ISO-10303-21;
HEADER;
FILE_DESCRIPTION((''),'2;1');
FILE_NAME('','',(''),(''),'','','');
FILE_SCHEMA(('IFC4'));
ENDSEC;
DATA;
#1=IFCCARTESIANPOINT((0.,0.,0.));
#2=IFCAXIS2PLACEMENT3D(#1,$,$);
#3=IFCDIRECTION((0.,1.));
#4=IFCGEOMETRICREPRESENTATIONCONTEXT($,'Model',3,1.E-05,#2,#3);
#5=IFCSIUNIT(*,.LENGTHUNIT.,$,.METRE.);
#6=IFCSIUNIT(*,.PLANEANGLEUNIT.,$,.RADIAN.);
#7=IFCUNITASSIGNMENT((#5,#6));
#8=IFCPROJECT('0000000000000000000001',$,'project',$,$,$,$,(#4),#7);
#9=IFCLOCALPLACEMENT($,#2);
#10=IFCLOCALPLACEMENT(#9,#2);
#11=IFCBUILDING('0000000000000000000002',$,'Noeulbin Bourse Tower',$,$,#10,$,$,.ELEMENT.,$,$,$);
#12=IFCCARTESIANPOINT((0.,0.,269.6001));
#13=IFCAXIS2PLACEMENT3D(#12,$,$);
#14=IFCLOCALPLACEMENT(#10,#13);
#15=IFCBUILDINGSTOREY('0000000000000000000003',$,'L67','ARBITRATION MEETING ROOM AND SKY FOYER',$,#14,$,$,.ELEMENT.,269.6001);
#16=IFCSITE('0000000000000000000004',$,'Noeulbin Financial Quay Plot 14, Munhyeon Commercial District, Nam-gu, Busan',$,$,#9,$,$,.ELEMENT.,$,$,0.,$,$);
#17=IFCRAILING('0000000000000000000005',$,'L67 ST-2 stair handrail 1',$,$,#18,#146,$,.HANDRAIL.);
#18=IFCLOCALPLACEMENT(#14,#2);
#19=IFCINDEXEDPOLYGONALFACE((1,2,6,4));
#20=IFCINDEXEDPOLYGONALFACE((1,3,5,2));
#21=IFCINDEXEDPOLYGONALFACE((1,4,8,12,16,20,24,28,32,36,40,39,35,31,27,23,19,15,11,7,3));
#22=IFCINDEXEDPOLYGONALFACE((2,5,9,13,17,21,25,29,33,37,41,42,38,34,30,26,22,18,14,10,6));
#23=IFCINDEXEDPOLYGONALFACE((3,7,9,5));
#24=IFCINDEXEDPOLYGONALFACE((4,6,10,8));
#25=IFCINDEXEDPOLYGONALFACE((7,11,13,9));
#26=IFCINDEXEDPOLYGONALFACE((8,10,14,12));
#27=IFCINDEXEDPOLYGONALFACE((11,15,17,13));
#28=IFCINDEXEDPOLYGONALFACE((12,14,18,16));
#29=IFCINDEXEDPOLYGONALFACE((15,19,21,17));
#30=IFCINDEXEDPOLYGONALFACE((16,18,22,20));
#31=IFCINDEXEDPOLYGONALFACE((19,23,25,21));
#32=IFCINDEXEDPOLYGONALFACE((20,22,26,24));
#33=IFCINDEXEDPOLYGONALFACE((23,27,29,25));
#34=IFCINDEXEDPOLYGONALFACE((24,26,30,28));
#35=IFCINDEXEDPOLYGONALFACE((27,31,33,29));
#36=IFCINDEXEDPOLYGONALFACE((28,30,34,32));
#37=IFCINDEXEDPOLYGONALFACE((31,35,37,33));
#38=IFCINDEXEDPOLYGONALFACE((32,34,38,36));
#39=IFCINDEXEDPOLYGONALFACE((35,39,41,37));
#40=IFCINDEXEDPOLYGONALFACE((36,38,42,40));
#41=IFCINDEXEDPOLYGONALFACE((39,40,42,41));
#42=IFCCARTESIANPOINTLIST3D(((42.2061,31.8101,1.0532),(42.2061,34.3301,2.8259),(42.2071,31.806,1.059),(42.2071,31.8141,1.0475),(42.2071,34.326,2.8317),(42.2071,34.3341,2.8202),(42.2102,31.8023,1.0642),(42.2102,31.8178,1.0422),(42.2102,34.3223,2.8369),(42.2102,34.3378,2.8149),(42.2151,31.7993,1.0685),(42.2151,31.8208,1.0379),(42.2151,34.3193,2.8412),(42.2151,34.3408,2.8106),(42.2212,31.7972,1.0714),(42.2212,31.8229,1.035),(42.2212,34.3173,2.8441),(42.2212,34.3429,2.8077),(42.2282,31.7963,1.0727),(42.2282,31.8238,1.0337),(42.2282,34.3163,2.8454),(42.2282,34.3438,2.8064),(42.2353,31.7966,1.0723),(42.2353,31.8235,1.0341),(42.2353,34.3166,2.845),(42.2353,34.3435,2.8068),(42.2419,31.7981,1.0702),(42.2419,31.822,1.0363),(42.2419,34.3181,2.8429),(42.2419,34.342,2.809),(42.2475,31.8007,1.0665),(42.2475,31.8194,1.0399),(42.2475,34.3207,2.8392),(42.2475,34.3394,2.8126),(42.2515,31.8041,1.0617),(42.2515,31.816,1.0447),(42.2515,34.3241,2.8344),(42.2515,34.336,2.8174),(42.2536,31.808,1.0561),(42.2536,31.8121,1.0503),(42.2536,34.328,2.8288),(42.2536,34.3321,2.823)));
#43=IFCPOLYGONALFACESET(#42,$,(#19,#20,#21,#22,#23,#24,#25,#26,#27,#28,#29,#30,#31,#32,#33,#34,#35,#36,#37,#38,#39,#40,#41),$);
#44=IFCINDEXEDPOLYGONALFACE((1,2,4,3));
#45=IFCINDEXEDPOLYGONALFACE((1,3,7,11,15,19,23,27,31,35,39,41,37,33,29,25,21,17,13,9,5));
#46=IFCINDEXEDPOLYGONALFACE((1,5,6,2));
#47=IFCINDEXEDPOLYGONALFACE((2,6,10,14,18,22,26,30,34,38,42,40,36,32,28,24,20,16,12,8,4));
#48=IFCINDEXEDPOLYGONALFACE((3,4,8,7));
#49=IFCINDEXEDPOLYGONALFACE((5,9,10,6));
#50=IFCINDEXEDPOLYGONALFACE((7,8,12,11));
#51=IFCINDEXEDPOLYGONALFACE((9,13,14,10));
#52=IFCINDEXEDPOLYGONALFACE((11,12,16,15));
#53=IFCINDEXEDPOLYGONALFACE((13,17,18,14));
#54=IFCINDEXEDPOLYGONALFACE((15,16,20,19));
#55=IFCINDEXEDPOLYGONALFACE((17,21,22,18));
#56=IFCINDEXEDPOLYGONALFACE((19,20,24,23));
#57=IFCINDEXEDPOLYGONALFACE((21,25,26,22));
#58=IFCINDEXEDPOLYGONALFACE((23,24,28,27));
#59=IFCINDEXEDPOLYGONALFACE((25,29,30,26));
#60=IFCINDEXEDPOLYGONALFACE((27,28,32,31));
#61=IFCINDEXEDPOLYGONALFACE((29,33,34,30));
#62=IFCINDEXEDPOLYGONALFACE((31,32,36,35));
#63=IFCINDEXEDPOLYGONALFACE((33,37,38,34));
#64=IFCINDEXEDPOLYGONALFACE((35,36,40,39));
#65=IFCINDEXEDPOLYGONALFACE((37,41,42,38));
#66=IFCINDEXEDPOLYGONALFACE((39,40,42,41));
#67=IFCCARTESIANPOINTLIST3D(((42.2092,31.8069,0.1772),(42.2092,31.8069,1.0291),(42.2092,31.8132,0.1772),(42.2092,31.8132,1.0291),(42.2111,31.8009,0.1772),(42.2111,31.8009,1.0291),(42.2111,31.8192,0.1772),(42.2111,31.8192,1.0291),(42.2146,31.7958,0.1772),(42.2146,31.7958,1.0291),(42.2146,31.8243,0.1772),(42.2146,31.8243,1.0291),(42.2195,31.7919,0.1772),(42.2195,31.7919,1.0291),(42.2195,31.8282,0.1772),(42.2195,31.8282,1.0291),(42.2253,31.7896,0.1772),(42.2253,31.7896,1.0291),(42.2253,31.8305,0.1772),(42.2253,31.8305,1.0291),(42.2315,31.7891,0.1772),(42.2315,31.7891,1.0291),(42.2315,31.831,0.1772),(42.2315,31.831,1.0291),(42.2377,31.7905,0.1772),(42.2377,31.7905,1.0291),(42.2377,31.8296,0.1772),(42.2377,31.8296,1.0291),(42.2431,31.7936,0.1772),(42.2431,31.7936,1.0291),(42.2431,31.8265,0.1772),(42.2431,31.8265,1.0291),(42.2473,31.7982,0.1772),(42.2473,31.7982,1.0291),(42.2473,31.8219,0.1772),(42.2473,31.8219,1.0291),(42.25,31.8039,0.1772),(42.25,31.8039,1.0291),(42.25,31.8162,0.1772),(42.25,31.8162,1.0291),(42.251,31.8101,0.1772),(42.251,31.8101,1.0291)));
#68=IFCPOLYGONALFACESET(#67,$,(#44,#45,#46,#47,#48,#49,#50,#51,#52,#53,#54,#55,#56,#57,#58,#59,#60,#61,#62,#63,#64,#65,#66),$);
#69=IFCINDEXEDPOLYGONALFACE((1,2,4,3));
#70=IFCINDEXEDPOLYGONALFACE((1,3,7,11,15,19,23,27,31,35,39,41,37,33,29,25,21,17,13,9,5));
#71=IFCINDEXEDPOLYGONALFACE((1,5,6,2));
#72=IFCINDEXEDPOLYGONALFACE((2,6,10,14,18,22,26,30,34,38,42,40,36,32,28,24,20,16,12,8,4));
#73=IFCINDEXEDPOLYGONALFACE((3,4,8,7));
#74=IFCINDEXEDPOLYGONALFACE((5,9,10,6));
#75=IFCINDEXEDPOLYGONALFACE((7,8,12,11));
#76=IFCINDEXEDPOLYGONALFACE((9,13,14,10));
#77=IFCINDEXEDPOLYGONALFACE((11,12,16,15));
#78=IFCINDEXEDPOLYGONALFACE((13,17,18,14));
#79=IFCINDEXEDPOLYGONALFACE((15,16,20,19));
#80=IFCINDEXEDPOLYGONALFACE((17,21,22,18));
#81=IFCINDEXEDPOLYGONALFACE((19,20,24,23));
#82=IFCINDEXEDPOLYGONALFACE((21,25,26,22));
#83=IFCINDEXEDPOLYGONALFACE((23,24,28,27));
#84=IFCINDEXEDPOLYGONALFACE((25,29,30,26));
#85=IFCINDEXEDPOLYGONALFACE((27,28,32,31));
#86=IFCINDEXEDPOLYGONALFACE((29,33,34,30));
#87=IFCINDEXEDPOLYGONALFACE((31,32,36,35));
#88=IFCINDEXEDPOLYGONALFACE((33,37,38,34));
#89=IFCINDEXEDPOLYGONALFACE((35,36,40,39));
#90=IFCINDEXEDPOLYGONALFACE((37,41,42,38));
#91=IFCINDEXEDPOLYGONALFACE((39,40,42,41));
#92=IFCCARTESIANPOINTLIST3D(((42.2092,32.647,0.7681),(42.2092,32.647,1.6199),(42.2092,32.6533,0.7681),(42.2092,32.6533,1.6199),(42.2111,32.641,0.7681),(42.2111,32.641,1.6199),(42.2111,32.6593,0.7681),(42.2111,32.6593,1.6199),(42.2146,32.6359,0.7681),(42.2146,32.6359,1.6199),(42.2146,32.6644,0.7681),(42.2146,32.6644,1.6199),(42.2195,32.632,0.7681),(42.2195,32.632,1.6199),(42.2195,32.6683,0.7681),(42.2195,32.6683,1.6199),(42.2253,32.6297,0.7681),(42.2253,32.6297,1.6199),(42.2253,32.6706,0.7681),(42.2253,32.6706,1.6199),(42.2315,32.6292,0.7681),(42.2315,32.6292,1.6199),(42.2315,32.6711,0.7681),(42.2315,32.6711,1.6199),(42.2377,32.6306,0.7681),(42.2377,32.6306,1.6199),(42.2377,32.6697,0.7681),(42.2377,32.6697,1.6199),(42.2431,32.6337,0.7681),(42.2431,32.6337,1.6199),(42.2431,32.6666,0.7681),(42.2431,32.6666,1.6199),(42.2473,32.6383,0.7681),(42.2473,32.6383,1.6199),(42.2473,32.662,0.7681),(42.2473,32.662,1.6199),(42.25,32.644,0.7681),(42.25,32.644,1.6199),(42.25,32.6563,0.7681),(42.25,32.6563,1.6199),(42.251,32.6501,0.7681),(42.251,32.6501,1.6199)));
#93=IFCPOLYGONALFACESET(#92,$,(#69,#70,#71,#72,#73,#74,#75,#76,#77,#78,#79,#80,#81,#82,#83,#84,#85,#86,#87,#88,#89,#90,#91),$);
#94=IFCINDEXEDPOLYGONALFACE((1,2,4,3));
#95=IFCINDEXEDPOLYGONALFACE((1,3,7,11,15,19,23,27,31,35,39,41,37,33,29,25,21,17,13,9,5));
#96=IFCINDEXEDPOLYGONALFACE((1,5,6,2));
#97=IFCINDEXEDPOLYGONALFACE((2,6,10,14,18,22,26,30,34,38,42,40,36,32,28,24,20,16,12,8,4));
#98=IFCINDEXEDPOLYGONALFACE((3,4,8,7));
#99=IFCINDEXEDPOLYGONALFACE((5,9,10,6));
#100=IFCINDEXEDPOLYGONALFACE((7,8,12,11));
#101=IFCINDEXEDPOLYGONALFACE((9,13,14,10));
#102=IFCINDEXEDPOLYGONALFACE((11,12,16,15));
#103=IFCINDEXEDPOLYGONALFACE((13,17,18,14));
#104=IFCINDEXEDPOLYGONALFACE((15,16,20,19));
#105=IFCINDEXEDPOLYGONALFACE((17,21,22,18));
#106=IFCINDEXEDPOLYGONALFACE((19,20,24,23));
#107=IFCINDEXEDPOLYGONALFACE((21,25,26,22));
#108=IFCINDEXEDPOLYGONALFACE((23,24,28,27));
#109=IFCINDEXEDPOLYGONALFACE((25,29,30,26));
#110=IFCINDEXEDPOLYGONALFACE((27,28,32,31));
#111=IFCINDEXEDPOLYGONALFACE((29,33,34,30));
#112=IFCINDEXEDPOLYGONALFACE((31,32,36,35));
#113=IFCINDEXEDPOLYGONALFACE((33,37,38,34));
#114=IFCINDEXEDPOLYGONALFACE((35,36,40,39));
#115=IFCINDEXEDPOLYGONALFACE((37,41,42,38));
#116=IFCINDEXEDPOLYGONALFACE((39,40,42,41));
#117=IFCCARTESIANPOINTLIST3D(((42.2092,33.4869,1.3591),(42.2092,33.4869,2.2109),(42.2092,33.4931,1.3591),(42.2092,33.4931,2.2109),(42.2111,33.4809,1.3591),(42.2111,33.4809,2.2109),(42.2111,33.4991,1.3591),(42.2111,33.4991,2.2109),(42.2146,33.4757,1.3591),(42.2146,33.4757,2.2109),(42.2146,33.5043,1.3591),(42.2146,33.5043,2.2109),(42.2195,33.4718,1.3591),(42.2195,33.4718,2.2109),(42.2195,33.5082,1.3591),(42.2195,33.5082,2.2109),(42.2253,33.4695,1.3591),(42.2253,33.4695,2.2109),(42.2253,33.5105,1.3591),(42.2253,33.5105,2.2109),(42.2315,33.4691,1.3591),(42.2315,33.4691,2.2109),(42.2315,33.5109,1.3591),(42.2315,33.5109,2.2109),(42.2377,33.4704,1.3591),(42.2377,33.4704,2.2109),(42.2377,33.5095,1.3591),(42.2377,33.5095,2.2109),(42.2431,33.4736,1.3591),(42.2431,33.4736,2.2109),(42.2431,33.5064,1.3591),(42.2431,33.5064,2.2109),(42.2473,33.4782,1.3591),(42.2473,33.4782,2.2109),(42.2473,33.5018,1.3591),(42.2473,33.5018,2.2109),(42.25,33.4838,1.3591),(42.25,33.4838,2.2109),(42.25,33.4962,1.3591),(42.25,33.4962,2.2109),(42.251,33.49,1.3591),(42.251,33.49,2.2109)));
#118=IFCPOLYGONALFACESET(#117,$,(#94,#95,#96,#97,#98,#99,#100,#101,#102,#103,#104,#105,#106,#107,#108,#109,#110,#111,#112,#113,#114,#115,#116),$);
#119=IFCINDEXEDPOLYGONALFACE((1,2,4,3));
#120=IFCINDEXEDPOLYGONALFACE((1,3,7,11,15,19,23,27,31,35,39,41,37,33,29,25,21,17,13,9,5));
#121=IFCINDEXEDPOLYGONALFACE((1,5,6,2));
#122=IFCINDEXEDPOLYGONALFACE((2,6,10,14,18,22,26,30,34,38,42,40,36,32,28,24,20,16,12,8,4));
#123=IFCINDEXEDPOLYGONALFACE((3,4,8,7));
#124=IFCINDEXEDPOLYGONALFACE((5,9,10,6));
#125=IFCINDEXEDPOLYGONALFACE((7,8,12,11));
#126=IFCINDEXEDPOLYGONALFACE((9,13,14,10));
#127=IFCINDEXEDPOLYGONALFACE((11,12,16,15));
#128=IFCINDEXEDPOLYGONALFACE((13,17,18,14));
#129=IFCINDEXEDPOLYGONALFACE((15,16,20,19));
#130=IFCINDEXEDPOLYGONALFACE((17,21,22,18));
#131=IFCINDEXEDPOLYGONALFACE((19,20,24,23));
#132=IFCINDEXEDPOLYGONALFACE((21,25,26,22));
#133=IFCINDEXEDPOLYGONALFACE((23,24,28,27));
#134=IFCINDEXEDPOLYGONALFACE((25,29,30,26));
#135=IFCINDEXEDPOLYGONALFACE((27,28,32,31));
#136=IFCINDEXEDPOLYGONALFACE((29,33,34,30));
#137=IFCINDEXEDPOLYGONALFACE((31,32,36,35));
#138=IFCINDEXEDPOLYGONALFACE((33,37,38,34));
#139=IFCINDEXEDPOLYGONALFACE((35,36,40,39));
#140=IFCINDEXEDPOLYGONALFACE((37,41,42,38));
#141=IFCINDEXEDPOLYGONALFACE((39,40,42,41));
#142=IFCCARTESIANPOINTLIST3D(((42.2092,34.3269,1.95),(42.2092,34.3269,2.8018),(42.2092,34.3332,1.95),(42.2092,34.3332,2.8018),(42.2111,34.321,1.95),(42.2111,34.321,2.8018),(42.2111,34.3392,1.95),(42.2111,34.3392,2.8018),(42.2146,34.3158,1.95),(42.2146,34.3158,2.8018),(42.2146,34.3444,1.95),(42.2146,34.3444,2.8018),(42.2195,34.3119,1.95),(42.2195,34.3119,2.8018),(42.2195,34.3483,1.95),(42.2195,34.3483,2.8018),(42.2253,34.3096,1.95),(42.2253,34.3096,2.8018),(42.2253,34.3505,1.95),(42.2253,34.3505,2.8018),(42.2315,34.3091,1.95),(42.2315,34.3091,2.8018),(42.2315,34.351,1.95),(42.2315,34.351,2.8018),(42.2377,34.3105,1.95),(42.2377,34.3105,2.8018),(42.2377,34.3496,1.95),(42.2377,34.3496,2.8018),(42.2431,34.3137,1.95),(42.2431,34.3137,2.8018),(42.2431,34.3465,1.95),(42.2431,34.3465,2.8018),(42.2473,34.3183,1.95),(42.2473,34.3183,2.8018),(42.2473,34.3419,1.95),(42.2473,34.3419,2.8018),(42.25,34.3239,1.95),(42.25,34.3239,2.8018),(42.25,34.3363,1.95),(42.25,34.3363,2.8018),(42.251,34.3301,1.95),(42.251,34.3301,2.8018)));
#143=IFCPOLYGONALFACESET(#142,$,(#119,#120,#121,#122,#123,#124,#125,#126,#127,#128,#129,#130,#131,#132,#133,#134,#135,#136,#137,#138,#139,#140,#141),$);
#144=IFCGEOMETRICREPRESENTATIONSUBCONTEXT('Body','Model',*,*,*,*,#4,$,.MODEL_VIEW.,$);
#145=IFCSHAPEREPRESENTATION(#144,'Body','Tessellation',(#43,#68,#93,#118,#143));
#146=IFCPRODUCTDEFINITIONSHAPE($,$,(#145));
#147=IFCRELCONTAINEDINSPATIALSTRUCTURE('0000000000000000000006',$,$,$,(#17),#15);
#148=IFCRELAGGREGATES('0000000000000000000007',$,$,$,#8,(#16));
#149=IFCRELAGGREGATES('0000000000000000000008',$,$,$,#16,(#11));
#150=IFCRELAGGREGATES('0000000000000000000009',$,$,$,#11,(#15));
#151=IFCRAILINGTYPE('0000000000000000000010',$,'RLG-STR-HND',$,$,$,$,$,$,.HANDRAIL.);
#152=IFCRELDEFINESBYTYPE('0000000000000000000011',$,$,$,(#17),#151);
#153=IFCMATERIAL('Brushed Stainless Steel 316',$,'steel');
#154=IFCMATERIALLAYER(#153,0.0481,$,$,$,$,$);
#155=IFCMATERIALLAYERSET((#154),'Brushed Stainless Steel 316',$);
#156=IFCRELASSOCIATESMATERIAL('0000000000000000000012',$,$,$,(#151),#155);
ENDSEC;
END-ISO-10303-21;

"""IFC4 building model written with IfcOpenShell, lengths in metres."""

from ifc_helpers import new_model, si_unit, direction, frame, origin, origin_2d, place, context, subcontext, project, spatial, circle, extrude, material, layer, layer_set, type_object, element, save


model = new_model("IFC4")

# Units and contexts
model_context = context("Model", 3, precision=1e-05, world=origin(), true_north=direction((0.0, 1.0)))
body_context = subcontext(model_context, "Body", "Model", "MODEL_VIEW")
ifc_project = project(units=[si_unit("LENGTHUNIT", "METRE"), si_unit("PLANEANGLEUNIT", "RADIAN")], contexts=[model_context])

# Site, building, storey
site_placement = place(None, origin())
site = spatial("IfcSite", under=ifc_project, at=site_placement, Name="Noeulbin Financial Quay Plot 14, Munhyeon Commercial District, Nam-gu, Busan", CompositionType="ELEMENT", RefElevation=0.0)
building_placement = place(site_placement, origin())
building = spatial("IfcBuilding", under=site, at=building_placement, Name="Noeulbin Bourse Tower", CompositionType="ELEMENT")
storey_placement = place(building_placement, frame((0.0, 0.0, 269.6001)))
storey = spatial("IfcBuildingStorey", under=building, at=storey_placement, Name="L67", Description="ARBITRATION MEETING ROOM AND SKY FOYER", CompositionType="ELEMENT", Elevation=269.6001)

# Railing
ifc_material_1 = material(Name="Brushed Stainless Steel 316", Category="steel")
ifc_layer_1 = layer(ifc_material_1, 0.0481)
ifc_layer_set_1 = layer_set([ifc_layer_1], Name="Brushed Stainless Steel 316")
railing_type_1 = type_object("IfcRailingType", Name="RLG-STR-HND", PredefinedType="HANDRAIL", material=ifc_layer_set_1)
railing_1_placement = place(storey_placement, frame((42.23, 31.8101, 0.1772)))
element("IfcRailing", 1, at=railing_1_placement, inside=storey, type_object=railing_type_1, Name="L67 ST-2 stair handrail 1", PredefinedType="HANDRAIL", context=body_context, shape_type="SweptSolid", body=[
    extrude(circle(Radius=0.0239, at=origin_2d()), frame((0.0, 0.0, 0.876), z_axis=(0.0, 0.817904, 0.575354), x_axis=(-1.0, 0.0, 0.0)), (0.0, 0.0, 1.0), 3.0811),
    extrude(circle(Radius=0.021, at=origin_2d()), origin(), (0.0, 0.0, 1.0), 0.8518),
    extrude(circle(Radius=0.021, at=origin_2d()), frame((0.0, 0.8401, 0.5908)), (0.0, 0.0, 1.0), 0.8518),
    extrude(circle(Radius=0.021, at=origin_2d()), frame((0.0, 1.6799, 1.1819)), (0.0, 0.0, 1.0), 0.8518),
    extrude(circle(Radius=0.021, at=origin_2d()), frame((0.0, 2.52, 1.7727)), (0.0, 0.0, 1.0), 0.8518),
])

save(model, "model.ifc")
